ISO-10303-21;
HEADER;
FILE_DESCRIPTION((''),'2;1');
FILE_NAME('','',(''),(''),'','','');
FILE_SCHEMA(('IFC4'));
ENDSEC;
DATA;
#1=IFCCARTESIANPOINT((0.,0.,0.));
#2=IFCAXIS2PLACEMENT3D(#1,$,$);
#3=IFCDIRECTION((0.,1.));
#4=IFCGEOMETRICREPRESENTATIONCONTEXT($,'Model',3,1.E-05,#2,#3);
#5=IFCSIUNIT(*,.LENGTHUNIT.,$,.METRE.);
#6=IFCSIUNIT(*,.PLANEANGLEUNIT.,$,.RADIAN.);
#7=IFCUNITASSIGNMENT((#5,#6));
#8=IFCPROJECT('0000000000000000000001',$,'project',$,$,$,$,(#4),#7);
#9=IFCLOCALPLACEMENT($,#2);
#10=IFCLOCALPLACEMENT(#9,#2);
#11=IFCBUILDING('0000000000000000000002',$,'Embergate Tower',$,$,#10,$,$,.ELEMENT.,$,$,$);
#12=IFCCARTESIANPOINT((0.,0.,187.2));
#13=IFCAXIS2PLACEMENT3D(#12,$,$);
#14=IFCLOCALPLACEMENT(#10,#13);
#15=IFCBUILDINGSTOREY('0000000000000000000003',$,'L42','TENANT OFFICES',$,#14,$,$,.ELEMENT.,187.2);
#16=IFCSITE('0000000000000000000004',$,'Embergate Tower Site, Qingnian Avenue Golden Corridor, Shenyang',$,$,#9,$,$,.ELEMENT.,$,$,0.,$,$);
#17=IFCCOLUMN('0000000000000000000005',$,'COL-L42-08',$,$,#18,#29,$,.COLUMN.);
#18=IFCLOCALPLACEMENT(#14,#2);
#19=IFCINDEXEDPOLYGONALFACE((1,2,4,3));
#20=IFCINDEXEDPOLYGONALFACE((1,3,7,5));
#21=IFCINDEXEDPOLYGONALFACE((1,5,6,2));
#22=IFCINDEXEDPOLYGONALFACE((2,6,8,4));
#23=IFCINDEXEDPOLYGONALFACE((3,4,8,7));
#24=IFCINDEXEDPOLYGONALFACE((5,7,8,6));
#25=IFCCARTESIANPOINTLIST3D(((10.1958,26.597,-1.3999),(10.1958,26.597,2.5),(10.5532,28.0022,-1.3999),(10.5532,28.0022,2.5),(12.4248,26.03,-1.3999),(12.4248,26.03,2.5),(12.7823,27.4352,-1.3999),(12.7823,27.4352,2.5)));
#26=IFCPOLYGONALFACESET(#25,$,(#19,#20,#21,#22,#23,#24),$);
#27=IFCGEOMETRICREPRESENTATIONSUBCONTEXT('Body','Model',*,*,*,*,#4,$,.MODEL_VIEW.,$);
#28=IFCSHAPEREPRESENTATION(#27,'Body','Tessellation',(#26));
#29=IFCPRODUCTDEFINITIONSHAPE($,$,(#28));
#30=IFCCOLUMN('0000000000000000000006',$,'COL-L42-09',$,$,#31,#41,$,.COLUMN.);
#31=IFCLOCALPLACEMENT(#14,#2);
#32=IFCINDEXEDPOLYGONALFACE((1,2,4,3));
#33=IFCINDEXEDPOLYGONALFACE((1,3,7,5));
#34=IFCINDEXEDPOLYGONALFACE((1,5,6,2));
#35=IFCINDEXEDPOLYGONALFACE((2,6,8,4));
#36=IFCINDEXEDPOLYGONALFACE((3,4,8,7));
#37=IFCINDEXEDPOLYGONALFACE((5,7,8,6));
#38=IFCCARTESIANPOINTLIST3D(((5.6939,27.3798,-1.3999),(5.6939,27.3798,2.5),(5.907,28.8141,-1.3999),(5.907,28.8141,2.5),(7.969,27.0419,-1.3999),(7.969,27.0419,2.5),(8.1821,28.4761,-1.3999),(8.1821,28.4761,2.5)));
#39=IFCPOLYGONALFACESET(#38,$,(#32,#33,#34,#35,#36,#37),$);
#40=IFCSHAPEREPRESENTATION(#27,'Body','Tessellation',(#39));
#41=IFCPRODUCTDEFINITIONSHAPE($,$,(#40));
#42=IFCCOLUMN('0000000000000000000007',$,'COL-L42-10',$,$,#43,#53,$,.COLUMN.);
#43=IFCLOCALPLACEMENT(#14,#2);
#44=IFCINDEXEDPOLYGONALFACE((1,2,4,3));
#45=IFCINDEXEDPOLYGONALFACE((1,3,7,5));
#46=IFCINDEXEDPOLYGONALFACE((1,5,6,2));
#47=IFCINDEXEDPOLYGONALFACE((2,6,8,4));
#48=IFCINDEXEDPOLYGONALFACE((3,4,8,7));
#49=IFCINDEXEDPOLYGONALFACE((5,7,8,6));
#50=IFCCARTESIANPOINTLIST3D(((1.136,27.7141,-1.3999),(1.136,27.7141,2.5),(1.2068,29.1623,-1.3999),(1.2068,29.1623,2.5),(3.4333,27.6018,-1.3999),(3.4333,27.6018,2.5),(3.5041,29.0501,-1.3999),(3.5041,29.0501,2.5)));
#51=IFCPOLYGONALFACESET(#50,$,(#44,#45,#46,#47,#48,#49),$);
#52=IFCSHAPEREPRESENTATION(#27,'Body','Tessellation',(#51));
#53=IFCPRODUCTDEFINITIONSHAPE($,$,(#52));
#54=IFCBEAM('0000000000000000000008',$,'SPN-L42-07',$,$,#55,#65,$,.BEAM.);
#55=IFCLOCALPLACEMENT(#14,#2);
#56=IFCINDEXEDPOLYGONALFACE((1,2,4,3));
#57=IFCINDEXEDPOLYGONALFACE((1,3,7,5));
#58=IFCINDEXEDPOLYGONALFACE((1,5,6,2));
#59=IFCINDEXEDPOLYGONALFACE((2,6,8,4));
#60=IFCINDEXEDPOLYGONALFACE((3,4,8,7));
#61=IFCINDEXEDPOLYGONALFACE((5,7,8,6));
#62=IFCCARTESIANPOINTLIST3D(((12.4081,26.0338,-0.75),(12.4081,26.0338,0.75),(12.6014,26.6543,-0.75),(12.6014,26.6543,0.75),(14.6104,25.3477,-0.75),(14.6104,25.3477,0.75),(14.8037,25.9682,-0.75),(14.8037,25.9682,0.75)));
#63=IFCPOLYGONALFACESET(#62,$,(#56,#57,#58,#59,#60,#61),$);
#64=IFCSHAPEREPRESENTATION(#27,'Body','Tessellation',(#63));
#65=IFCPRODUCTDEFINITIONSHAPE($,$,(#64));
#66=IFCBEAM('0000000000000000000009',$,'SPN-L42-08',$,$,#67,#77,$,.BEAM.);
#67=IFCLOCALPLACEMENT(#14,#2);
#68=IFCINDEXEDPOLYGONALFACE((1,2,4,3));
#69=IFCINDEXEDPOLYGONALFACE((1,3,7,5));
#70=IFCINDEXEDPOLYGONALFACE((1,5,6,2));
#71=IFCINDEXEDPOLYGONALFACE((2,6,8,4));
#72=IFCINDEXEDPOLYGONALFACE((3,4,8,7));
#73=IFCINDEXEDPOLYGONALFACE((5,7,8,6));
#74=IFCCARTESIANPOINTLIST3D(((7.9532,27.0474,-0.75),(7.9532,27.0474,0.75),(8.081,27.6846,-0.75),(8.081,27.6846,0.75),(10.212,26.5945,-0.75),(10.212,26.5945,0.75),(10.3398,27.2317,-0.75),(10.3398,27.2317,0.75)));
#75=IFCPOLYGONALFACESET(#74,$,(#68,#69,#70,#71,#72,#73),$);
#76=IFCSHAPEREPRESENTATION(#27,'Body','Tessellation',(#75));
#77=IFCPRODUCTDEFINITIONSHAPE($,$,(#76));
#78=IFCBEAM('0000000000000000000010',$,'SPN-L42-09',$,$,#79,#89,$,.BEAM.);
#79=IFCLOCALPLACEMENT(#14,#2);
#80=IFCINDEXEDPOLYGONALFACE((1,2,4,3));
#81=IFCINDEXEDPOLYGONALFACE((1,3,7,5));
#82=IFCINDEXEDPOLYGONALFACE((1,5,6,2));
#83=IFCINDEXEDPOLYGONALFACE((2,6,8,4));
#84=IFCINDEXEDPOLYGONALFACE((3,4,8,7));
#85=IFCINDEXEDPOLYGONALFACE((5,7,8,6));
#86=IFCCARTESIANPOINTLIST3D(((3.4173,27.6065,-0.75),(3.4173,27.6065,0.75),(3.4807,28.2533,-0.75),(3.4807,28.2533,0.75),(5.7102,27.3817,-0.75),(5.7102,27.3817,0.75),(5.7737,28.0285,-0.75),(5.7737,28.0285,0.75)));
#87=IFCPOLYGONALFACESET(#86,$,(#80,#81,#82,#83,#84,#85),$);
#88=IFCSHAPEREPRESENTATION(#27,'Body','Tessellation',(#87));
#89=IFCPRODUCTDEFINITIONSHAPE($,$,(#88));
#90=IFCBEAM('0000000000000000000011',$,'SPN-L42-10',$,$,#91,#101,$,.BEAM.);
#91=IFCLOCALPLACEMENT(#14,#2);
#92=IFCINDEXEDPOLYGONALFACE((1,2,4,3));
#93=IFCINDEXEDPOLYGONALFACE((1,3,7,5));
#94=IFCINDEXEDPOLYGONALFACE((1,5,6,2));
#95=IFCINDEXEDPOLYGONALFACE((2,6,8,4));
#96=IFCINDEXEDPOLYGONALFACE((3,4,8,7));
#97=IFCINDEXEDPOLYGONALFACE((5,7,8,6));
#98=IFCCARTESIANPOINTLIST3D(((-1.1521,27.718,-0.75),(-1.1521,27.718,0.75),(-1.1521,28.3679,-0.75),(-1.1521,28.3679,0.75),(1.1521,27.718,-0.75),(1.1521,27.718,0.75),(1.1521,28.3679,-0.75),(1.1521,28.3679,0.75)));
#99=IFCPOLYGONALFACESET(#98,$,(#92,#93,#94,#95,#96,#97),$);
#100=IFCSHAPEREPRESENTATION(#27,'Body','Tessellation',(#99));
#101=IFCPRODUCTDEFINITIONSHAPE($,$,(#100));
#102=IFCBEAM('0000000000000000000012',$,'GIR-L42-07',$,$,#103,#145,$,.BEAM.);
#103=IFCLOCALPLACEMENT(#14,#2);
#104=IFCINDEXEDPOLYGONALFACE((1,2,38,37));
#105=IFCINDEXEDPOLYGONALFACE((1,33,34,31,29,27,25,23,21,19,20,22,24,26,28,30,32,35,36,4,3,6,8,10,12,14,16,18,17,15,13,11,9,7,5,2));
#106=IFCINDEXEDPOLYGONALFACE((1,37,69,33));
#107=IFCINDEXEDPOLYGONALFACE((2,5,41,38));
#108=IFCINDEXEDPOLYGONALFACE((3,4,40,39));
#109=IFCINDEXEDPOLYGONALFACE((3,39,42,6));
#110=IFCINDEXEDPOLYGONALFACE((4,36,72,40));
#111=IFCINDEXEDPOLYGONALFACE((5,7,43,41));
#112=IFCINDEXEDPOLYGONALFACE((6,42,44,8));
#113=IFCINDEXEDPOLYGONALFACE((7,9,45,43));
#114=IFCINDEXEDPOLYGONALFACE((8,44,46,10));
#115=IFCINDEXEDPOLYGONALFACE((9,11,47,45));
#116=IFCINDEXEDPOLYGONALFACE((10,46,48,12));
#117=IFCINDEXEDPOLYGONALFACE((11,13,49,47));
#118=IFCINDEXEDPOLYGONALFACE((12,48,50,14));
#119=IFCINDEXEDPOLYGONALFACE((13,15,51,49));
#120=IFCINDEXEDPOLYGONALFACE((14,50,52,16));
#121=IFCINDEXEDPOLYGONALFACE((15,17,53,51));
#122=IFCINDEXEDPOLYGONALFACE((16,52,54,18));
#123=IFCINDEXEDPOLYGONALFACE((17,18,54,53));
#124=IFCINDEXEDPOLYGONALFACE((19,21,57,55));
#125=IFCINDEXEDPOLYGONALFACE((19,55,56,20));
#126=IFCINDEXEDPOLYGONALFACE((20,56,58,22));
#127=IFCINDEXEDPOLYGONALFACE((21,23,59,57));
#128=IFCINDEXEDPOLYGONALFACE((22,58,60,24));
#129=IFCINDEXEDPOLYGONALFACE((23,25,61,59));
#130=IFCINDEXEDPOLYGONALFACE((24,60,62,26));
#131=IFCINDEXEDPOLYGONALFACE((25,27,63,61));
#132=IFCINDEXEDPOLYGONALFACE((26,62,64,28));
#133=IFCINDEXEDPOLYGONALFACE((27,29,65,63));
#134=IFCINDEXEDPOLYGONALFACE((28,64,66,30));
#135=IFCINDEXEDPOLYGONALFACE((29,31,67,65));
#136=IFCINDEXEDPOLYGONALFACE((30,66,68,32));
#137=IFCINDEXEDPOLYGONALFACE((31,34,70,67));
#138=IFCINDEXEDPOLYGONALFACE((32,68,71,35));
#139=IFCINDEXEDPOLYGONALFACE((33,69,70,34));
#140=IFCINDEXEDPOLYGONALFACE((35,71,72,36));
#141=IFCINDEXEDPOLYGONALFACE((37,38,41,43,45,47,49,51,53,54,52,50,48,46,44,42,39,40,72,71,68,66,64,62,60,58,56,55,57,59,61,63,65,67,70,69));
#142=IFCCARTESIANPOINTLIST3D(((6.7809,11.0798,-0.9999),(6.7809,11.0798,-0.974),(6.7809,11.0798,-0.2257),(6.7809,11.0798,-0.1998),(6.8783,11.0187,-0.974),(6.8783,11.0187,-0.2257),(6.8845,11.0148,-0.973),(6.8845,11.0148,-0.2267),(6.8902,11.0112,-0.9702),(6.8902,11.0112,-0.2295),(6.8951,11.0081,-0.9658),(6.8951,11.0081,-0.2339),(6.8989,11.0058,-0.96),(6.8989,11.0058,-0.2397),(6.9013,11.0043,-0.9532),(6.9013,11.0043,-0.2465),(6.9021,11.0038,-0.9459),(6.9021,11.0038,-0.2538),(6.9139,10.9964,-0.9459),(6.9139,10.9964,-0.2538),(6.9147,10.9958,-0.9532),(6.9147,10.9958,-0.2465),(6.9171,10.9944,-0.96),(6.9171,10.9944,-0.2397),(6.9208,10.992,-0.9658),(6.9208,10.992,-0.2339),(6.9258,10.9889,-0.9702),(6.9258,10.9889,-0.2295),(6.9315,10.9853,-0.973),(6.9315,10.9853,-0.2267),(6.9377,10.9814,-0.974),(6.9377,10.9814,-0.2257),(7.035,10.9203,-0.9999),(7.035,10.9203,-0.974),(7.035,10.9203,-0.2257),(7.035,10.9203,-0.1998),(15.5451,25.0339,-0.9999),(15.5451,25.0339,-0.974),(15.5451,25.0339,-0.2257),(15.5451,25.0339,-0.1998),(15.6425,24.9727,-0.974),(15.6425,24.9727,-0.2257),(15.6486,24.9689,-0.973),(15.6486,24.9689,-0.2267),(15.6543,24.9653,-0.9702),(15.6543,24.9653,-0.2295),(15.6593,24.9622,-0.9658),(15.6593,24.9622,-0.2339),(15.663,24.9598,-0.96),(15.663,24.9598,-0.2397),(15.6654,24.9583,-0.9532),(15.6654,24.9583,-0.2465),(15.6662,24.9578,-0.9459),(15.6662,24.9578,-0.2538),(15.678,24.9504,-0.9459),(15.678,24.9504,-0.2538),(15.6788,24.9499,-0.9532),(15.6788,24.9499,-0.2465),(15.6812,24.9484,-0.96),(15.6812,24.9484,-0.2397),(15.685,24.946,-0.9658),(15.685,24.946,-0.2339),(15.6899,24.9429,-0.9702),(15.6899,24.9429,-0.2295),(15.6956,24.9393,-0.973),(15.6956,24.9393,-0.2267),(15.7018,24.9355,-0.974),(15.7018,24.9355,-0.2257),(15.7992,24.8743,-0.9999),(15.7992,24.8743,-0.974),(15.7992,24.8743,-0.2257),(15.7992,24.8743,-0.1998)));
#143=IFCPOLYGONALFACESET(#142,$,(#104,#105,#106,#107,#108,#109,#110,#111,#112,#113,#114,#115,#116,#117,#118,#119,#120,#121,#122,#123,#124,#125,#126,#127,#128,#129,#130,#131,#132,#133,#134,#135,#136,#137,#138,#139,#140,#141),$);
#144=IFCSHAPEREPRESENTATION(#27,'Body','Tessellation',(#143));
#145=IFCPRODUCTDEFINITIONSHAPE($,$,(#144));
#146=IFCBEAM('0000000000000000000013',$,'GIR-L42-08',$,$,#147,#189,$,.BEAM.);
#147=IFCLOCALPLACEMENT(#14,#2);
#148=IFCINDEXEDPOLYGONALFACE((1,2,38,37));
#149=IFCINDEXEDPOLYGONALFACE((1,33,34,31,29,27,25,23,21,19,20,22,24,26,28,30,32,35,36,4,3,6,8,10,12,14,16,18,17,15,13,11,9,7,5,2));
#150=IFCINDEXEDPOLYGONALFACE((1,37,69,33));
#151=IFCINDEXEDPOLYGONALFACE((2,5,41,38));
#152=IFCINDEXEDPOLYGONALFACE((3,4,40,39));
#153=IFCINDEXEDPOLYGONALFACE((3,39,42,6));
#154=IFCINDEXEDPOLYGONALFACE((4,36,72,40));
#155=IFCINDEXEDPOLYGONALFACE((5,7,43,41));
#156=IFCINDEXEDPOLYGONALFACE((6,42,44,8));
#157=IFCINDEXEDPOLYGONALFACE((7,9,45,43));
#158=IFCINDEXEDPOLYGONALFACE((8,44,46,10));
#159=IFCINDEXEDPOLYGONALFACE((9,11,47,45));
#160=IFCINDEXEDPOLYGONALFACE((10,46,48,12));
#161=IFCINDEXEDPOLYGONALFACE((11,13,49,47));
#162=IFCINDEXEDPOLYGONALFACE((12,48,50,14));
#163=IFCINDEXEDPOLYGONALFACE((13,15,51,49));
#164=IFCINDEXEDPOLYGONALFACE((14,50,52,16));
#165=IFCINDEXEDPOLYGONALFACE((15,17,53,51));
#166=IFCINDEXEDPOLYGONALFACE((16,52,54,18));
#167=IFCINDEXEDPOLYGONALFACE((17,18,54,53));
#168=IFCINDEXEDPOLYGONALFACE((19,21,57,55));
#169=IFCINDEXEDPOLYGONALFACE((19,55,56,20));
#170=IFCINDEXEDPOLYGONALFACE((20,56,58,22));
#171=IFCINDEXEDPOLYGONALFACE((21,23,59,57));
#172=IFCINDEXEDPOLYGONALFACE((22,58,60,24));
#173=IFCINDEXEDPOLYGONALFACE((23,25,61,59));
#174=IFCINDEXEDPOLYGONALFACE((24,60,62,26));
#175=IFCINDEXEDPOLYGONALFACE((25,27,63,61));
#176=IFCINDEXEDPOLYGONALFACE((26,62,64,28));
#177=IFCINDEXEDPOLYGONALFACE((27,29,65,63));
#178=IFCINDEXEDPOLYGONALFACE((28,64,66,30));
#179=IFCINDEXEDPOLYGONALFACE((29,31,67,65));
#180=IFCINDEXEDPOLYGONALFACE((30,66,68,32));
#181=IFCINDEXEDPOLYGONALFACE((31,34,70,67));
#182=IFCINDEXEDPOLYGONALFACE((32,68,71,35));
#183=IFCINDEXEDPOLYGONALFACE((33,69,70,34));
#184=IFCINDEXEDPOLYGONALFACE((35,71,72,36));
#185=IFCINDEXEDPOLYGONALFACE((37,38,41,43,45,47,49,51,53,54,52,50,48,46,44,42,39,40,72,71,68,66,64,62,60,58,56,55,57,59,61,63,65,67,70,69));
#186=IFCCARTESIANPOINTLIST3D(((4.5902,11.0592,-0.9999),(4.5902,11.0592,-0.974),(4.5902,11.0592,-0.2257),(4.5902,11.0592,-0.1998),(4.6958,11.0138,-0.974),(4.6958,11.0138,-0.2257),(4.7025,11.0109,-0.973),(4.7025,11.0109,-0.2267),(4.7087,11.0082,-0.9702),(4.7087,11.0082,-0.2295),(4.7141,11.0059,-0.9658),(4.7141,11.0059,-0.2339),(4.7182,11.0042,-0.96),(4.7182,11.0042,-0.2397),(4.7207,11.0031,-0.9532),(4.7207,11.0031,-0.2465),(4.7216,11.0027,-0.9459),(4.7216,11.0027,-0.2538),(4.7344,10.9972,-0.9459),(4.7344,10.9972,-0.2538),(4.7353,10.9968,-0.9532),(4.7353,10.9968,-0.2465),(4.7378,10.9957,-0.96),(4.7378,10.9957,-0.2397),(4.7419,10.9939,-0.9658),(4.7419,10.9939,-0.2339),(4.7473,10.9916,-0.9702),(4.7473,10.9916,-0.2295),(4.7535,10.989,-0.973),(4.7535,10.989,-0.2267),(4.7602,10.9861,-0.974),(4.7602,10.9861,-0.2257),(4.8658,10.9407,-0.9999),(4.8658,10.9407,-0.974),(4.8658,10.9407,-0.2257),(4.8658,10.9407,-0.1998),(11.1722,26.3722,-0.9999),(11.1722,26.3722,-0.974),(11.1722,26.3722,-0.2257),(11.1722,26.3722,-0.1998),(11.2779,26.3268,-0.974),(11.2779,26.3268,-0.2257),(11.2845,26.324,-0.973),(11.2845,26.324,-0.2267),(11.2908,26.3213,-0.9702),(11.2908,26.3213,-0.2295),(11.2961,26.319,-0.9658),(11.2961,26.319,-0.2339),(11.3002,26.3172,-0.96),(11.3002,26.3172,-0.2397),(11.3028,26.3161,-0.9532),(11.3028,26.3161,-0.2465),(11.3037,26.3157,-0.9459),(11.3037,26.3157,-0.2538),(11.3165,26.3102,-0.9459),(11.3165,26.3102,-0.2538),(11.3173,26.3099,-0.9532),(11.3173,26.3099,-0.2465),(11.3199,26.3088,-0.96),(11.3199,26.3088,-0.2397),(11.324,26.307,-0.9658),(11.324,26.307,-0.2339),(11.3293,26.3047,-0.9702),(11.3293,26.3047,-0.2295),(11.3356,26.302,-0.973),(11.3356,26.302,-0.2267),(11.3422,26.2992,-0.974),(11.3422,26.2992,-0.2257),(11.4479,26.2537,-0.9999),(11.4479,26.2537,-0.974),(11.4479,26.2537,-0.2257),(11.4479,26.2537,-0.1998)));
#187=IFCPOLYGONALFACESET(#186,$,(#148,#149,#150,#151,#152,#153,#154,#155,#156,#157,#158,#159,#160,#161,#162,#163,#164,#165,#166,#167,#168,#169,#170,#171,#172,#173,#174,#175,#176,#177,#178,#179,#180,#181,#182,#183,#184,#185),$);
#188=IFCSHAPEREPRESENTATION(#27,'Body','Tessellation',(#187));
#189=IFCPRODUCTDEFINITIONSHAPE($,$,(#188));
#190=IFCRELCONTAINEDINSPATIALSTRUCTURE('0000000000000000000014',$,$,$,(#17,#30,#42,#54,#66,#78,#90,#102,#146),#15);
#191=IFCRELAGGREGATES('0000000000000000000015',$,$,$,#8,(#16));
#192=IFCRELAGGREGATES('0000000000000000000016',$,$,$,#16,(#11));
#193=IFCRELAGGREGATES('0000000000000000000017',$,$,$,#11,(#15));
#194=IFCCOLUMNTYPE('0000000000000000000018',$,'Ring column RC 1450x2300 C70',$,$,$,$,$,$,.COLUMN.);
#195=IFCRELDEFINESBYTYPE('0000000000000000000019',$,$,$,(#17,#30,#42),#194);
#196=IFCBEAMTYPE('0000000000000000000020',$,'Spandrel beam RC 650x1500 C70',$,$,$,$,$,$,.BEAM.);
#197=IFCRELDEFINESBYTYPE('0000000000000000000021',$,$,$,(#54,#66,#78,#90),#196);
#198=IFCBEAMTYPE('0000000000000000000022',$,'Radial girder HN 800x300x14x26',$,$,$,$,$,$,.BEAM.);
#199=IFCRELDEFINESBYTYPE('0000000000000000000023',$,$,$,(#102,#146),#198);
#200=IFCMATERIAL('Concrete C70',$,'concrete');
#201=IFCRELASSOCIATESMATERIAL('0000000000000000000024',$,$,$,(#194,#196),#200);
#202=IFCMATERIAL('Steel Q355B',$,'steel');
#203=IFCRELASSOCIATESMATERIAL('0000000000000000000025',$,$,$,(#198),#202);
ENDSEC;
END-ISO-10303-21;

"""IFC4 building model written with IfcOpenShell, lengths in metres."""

from ifc_helpers import new_model, si_unit, direction, frame, origin, origin_2d, place, context, subcontext, project, spatial, rectangle, i_section, extrude, source, transform, mapped, material, material_profile, profile_set, type_object, element, save


model = new_model("IFC4")

# Units and contexts
model_context = context("Model", 3, precision=1e-05, world=origin(), true_north=direction((0.0, 1.0)))
body_context = subcontext(model_context, "Body", "Model", "MODEL_VIEW")
ifc_project = project(units=[si_unit("LENGTHUNIT", "METRE"), si_unit("PLANEANGLEUNIT", "RADIAN")], contexts=[model_context])

# Site, building, storey
site_placement = place(None, origin())
site = spatial("IfcSite", under=ifc_project, at=site_placement, Name="Embergate Tower Site, Qingnian Avenue Golden Corridor, Shenyang", CompositionType="ELEMENT", RefElevation=0.0)
building_placement = place(site_placement, origin())
building = spatial("IfcBuilding", under=site, at=building_placement, Name="Embergate Tower", CompositionType="ELEMENT")
storey_placement = place(building_placement, frame((0.0, 0.0, 187.2)))
storey = spatial("IfcBuildingStorey", under=building, at=storey_placement, Name="L42", Description="TENANT OFFICES", CompositionType="ELEMENT", Elevation=187.2)

# Columns
ifc_material_1 = material(Name="Concrete C70", Category="concrete")
ifc_material_profile_1 = material_profile(ifc_material_1, rectangle(XDim=1.45, YDim=2.3, at=origin_2d()), Name="RC 1450x2300")
ifc_profile_set_1 = profile_set([ifc_material_profile_1], Name="Concrete C70")
column_type = type_object("IfcColumnType", Name="Ring column RC 1450x2300 C70", PredefinedType="COLUMN", material=ifc_profile_set_1)
shared_shape_1 = source(origin(), body_context, "Body", "SweptSolid", [
    extrude(rectangle(XDim=1.45, YDim=2.3, at=origin_2d()), origin(), (0.0, 0.0, 1.0), 3.8999),
])
for number, where, z_axis, x_axis, name in (
    (1, (11.489, 27.0161, -1.3999), (0.0, 0.0, 1.0), (0.246509, 0.969141, 0.0), "COL-L42-08"),
    (2, (6.938, 27.928, -1.3999), (0.0, 0.0, 1.0), (0.146929, 0.989147, 0.0), "COL-L42-09"),
    (3, (2.3201, 28.3821, -1.3999), (0.0, 0.0, 1.0), (0.048815, 0.998808, 0.0), "COL-L42-10"),
):
    element("IfcColumn", number, at=place(storey_placement, frame(where, z_axis=z_axis, x_axis=x_axis)), inside=storey, type_object=column_type, Name=name, PredefinedType="COLUMN", context=body_context, shape_type="MappedRepresentation", body=[
        mapped(shared_shape_1, transform((0.0, 0.0, 0.0))),
    ])

# Beams
ifc_material_profile_2 = material_profile(ifc_material_1, rectangle(XDim=0.6499, YDim=1.5, at=origin_2d()), Name="RC 650x1500")
ifc_profile_set_2 = profile_set([ifc_material_profile_2], Name="Concrete C70")
beam_type_1 = type_object("IfcBeamType", Name="Spandrel beam RC 650x1500 C70", PredefinedType="BEAM", material=ifc_profile_set_2)
shared_shape_2 = source(origin(), body_context, "Body", "SweptSolid", [
    extrude(rectangle(XDim=0.6499, YDim=1.5, at=origin_2d()), origin(), (0.0, 0.0, 1.0), 2.3066),
])
beam_1_placement = place(storey_placement, frame((14.707, 25.658, 0.0), z_axis=(-0.954743, 0.297431, 0.0), x_axis=(-0.297431, -0.954743, 0.0)))
element("IfcBeam", 4, at=beam_1_placement, inside=storey, type_object=beam_type_1, Name="SPN-L42-07", PredefinedType="BEAM", context=body_context, shape_type="MappedRepresentation", body=[
    mapped(shared_shape_2, transform((0.0, 0.0, 0.0))),
])
shared_shape_3 = source(origin(), body_context, "Body", "SweptSolid", [
    extrude(rectangle(XDim=0.6499, YDim=1.5, at=origin_2d()), origin(), (0.0, 0.0, 1.0), 2.3037),
])
beam_2_placement = place(storey_placement, frame((10.2759, 26.9131, 0.0), z_axis=(-0.980487, 0.196585, 0.0), x_axis=(-0.196585, -0.980487, 0.0)))
element("IfcBeam", 5, at=beam_2_placement, inside=storey, type_object=beam_type_1, Name="SPN-L42-08", PredefinedType="BEAM", context=body_context, shape_type="MappedRepresentation", body=[
    mapped(shared_shape_3, transform((0.0, 0.0, 0.0))),
])
shared_shape_4 = source(origin(), body_context, "Body", "SweptSolid", [
    extrude(rectangle(XDim=0.6499, YDim=1.5, at=origin_2d()), origin(), (0.0, 0.0, 1.0), 2.304),
])
beam_3_placement = place(storey_placement, frame((5.7419, 27.7051, 0.0), z_axis=(-0.995226, 0.097594, 0.0), x_axis=(-0.097594, -0.995226, 0.0)))
element("IfcBeam", 6, at=beam_3_placement, inside=storey, type_object=beam_type_1, Name="SPN-L42-09", PredefinedType="BEAM", context=body_context, shape_type="MappedRepresentation", body=[
    mapped(shared_shape_4, transform((0.0, 0.0, 0.0))),
])
shared_shape_5 = source(origin(), body_context, "Body", "SweptSolid", [
    extrude(rectangle(XDim=0.6499, YDim=1.5, at=origin_2d()), origin(), (0.0, 0.0, 1.0), 2.3042),
])
beam_4_placement = place(storey_placement, frame((1.1521, 28.043, 0.0), z_axis=(-1.0, 0.0, 0.0), x_axis=(0.0, -1.0, 0.0)))
element("IfcBeam", 7, at=beam_4_placement, inside=storey, type_object=beam_type_1, Name="SPN-L42-10", PredefinedType="BEAM", context=body_context, shape_type="MappedRepresentation", body=[
    mapped(shared_shape_5, transform((0.0, 0.0, 0.0))),
])
ifc_material_2 = material(Name="Steel Q355B", Category="steel")
ifc_material_profile_3 = material_profile(ifc_material_2, i_section(OverallWidth=0.3, OverallDepth=0.8, WebThickness=0.0139, FlangeThickness=0.0259, FilletRadius=0.0281, at=origin_2d()), Name="HN 800x300x14x26")
ifc_profile_set_3 = profile_set([ifc_material_profile_3], Name="Steel Q355 grade B")
beam_type_2 = type_object("IfcBeamType", Name="Radial girder HN 800x300x14x26", PredefinedType="BEAM", material=ifc_profile_set_3)
shared_shape_6 = source(origin(), body_context, "Body", "SweptSolid", [
    extrude(i_section(OverallWidth=0.3, OverallDepth=0.8, WebThickness=0.0139, FlangeThickness=0.0259, FilletRadius=0.0281, at=origin_2d()), origin(), (0.0, 0.0, 1.0), 16.478),
])
beam_5_placement = place(storey_placement, frame((15.6721, 24.9541, -0.5999), z_axis=(-0.531867, -0.846828, 0.0), x_axis=(0.846828, -0.531867, 0.0)))
element("IfcBeam", 8, at=beam_5_placement, inside=storey, type_object=beam_type_2, Name="GIR-L42-07", PredefinedType="BEAM", context=body_context, shape_type="MappedRepresentation", body=[
    mapped(shared_shape_6, transform((0.0, 0.0, 0.0))),
])
shared_shape_7 = source(origin(), body_context, "Body", "SweptSolid", [
    extrude(i_section(OverallWidth=0.3, OverallDepth=0.8, WebThickness=0.0139, FlangeThickness=0.0259, FilletRadius=0.0281, at=origin_2d()), origin(), (0.0, 0.0, 1.0), 16.6677),
])
beam_6_placement = place(storey_placement, frame((11.3101, 26.313, -0.5999), z_axis=(-0.394898, -0.918725, 0.0), x_axis=(0.918725, -0.394898, 0.0)))
element("IfcBeam", 9, at=beam_6_placement, inside=storey, type_object=beam_type_2, Name="GIR-L42-08", PredefinedType="BEAM", context=body_context, shape_type="MappedRepresentation", body=[
    mapped(shared_shape_7, transform((0.0, 0.0, 0.0))),
])

save(model, "model.ifc")
